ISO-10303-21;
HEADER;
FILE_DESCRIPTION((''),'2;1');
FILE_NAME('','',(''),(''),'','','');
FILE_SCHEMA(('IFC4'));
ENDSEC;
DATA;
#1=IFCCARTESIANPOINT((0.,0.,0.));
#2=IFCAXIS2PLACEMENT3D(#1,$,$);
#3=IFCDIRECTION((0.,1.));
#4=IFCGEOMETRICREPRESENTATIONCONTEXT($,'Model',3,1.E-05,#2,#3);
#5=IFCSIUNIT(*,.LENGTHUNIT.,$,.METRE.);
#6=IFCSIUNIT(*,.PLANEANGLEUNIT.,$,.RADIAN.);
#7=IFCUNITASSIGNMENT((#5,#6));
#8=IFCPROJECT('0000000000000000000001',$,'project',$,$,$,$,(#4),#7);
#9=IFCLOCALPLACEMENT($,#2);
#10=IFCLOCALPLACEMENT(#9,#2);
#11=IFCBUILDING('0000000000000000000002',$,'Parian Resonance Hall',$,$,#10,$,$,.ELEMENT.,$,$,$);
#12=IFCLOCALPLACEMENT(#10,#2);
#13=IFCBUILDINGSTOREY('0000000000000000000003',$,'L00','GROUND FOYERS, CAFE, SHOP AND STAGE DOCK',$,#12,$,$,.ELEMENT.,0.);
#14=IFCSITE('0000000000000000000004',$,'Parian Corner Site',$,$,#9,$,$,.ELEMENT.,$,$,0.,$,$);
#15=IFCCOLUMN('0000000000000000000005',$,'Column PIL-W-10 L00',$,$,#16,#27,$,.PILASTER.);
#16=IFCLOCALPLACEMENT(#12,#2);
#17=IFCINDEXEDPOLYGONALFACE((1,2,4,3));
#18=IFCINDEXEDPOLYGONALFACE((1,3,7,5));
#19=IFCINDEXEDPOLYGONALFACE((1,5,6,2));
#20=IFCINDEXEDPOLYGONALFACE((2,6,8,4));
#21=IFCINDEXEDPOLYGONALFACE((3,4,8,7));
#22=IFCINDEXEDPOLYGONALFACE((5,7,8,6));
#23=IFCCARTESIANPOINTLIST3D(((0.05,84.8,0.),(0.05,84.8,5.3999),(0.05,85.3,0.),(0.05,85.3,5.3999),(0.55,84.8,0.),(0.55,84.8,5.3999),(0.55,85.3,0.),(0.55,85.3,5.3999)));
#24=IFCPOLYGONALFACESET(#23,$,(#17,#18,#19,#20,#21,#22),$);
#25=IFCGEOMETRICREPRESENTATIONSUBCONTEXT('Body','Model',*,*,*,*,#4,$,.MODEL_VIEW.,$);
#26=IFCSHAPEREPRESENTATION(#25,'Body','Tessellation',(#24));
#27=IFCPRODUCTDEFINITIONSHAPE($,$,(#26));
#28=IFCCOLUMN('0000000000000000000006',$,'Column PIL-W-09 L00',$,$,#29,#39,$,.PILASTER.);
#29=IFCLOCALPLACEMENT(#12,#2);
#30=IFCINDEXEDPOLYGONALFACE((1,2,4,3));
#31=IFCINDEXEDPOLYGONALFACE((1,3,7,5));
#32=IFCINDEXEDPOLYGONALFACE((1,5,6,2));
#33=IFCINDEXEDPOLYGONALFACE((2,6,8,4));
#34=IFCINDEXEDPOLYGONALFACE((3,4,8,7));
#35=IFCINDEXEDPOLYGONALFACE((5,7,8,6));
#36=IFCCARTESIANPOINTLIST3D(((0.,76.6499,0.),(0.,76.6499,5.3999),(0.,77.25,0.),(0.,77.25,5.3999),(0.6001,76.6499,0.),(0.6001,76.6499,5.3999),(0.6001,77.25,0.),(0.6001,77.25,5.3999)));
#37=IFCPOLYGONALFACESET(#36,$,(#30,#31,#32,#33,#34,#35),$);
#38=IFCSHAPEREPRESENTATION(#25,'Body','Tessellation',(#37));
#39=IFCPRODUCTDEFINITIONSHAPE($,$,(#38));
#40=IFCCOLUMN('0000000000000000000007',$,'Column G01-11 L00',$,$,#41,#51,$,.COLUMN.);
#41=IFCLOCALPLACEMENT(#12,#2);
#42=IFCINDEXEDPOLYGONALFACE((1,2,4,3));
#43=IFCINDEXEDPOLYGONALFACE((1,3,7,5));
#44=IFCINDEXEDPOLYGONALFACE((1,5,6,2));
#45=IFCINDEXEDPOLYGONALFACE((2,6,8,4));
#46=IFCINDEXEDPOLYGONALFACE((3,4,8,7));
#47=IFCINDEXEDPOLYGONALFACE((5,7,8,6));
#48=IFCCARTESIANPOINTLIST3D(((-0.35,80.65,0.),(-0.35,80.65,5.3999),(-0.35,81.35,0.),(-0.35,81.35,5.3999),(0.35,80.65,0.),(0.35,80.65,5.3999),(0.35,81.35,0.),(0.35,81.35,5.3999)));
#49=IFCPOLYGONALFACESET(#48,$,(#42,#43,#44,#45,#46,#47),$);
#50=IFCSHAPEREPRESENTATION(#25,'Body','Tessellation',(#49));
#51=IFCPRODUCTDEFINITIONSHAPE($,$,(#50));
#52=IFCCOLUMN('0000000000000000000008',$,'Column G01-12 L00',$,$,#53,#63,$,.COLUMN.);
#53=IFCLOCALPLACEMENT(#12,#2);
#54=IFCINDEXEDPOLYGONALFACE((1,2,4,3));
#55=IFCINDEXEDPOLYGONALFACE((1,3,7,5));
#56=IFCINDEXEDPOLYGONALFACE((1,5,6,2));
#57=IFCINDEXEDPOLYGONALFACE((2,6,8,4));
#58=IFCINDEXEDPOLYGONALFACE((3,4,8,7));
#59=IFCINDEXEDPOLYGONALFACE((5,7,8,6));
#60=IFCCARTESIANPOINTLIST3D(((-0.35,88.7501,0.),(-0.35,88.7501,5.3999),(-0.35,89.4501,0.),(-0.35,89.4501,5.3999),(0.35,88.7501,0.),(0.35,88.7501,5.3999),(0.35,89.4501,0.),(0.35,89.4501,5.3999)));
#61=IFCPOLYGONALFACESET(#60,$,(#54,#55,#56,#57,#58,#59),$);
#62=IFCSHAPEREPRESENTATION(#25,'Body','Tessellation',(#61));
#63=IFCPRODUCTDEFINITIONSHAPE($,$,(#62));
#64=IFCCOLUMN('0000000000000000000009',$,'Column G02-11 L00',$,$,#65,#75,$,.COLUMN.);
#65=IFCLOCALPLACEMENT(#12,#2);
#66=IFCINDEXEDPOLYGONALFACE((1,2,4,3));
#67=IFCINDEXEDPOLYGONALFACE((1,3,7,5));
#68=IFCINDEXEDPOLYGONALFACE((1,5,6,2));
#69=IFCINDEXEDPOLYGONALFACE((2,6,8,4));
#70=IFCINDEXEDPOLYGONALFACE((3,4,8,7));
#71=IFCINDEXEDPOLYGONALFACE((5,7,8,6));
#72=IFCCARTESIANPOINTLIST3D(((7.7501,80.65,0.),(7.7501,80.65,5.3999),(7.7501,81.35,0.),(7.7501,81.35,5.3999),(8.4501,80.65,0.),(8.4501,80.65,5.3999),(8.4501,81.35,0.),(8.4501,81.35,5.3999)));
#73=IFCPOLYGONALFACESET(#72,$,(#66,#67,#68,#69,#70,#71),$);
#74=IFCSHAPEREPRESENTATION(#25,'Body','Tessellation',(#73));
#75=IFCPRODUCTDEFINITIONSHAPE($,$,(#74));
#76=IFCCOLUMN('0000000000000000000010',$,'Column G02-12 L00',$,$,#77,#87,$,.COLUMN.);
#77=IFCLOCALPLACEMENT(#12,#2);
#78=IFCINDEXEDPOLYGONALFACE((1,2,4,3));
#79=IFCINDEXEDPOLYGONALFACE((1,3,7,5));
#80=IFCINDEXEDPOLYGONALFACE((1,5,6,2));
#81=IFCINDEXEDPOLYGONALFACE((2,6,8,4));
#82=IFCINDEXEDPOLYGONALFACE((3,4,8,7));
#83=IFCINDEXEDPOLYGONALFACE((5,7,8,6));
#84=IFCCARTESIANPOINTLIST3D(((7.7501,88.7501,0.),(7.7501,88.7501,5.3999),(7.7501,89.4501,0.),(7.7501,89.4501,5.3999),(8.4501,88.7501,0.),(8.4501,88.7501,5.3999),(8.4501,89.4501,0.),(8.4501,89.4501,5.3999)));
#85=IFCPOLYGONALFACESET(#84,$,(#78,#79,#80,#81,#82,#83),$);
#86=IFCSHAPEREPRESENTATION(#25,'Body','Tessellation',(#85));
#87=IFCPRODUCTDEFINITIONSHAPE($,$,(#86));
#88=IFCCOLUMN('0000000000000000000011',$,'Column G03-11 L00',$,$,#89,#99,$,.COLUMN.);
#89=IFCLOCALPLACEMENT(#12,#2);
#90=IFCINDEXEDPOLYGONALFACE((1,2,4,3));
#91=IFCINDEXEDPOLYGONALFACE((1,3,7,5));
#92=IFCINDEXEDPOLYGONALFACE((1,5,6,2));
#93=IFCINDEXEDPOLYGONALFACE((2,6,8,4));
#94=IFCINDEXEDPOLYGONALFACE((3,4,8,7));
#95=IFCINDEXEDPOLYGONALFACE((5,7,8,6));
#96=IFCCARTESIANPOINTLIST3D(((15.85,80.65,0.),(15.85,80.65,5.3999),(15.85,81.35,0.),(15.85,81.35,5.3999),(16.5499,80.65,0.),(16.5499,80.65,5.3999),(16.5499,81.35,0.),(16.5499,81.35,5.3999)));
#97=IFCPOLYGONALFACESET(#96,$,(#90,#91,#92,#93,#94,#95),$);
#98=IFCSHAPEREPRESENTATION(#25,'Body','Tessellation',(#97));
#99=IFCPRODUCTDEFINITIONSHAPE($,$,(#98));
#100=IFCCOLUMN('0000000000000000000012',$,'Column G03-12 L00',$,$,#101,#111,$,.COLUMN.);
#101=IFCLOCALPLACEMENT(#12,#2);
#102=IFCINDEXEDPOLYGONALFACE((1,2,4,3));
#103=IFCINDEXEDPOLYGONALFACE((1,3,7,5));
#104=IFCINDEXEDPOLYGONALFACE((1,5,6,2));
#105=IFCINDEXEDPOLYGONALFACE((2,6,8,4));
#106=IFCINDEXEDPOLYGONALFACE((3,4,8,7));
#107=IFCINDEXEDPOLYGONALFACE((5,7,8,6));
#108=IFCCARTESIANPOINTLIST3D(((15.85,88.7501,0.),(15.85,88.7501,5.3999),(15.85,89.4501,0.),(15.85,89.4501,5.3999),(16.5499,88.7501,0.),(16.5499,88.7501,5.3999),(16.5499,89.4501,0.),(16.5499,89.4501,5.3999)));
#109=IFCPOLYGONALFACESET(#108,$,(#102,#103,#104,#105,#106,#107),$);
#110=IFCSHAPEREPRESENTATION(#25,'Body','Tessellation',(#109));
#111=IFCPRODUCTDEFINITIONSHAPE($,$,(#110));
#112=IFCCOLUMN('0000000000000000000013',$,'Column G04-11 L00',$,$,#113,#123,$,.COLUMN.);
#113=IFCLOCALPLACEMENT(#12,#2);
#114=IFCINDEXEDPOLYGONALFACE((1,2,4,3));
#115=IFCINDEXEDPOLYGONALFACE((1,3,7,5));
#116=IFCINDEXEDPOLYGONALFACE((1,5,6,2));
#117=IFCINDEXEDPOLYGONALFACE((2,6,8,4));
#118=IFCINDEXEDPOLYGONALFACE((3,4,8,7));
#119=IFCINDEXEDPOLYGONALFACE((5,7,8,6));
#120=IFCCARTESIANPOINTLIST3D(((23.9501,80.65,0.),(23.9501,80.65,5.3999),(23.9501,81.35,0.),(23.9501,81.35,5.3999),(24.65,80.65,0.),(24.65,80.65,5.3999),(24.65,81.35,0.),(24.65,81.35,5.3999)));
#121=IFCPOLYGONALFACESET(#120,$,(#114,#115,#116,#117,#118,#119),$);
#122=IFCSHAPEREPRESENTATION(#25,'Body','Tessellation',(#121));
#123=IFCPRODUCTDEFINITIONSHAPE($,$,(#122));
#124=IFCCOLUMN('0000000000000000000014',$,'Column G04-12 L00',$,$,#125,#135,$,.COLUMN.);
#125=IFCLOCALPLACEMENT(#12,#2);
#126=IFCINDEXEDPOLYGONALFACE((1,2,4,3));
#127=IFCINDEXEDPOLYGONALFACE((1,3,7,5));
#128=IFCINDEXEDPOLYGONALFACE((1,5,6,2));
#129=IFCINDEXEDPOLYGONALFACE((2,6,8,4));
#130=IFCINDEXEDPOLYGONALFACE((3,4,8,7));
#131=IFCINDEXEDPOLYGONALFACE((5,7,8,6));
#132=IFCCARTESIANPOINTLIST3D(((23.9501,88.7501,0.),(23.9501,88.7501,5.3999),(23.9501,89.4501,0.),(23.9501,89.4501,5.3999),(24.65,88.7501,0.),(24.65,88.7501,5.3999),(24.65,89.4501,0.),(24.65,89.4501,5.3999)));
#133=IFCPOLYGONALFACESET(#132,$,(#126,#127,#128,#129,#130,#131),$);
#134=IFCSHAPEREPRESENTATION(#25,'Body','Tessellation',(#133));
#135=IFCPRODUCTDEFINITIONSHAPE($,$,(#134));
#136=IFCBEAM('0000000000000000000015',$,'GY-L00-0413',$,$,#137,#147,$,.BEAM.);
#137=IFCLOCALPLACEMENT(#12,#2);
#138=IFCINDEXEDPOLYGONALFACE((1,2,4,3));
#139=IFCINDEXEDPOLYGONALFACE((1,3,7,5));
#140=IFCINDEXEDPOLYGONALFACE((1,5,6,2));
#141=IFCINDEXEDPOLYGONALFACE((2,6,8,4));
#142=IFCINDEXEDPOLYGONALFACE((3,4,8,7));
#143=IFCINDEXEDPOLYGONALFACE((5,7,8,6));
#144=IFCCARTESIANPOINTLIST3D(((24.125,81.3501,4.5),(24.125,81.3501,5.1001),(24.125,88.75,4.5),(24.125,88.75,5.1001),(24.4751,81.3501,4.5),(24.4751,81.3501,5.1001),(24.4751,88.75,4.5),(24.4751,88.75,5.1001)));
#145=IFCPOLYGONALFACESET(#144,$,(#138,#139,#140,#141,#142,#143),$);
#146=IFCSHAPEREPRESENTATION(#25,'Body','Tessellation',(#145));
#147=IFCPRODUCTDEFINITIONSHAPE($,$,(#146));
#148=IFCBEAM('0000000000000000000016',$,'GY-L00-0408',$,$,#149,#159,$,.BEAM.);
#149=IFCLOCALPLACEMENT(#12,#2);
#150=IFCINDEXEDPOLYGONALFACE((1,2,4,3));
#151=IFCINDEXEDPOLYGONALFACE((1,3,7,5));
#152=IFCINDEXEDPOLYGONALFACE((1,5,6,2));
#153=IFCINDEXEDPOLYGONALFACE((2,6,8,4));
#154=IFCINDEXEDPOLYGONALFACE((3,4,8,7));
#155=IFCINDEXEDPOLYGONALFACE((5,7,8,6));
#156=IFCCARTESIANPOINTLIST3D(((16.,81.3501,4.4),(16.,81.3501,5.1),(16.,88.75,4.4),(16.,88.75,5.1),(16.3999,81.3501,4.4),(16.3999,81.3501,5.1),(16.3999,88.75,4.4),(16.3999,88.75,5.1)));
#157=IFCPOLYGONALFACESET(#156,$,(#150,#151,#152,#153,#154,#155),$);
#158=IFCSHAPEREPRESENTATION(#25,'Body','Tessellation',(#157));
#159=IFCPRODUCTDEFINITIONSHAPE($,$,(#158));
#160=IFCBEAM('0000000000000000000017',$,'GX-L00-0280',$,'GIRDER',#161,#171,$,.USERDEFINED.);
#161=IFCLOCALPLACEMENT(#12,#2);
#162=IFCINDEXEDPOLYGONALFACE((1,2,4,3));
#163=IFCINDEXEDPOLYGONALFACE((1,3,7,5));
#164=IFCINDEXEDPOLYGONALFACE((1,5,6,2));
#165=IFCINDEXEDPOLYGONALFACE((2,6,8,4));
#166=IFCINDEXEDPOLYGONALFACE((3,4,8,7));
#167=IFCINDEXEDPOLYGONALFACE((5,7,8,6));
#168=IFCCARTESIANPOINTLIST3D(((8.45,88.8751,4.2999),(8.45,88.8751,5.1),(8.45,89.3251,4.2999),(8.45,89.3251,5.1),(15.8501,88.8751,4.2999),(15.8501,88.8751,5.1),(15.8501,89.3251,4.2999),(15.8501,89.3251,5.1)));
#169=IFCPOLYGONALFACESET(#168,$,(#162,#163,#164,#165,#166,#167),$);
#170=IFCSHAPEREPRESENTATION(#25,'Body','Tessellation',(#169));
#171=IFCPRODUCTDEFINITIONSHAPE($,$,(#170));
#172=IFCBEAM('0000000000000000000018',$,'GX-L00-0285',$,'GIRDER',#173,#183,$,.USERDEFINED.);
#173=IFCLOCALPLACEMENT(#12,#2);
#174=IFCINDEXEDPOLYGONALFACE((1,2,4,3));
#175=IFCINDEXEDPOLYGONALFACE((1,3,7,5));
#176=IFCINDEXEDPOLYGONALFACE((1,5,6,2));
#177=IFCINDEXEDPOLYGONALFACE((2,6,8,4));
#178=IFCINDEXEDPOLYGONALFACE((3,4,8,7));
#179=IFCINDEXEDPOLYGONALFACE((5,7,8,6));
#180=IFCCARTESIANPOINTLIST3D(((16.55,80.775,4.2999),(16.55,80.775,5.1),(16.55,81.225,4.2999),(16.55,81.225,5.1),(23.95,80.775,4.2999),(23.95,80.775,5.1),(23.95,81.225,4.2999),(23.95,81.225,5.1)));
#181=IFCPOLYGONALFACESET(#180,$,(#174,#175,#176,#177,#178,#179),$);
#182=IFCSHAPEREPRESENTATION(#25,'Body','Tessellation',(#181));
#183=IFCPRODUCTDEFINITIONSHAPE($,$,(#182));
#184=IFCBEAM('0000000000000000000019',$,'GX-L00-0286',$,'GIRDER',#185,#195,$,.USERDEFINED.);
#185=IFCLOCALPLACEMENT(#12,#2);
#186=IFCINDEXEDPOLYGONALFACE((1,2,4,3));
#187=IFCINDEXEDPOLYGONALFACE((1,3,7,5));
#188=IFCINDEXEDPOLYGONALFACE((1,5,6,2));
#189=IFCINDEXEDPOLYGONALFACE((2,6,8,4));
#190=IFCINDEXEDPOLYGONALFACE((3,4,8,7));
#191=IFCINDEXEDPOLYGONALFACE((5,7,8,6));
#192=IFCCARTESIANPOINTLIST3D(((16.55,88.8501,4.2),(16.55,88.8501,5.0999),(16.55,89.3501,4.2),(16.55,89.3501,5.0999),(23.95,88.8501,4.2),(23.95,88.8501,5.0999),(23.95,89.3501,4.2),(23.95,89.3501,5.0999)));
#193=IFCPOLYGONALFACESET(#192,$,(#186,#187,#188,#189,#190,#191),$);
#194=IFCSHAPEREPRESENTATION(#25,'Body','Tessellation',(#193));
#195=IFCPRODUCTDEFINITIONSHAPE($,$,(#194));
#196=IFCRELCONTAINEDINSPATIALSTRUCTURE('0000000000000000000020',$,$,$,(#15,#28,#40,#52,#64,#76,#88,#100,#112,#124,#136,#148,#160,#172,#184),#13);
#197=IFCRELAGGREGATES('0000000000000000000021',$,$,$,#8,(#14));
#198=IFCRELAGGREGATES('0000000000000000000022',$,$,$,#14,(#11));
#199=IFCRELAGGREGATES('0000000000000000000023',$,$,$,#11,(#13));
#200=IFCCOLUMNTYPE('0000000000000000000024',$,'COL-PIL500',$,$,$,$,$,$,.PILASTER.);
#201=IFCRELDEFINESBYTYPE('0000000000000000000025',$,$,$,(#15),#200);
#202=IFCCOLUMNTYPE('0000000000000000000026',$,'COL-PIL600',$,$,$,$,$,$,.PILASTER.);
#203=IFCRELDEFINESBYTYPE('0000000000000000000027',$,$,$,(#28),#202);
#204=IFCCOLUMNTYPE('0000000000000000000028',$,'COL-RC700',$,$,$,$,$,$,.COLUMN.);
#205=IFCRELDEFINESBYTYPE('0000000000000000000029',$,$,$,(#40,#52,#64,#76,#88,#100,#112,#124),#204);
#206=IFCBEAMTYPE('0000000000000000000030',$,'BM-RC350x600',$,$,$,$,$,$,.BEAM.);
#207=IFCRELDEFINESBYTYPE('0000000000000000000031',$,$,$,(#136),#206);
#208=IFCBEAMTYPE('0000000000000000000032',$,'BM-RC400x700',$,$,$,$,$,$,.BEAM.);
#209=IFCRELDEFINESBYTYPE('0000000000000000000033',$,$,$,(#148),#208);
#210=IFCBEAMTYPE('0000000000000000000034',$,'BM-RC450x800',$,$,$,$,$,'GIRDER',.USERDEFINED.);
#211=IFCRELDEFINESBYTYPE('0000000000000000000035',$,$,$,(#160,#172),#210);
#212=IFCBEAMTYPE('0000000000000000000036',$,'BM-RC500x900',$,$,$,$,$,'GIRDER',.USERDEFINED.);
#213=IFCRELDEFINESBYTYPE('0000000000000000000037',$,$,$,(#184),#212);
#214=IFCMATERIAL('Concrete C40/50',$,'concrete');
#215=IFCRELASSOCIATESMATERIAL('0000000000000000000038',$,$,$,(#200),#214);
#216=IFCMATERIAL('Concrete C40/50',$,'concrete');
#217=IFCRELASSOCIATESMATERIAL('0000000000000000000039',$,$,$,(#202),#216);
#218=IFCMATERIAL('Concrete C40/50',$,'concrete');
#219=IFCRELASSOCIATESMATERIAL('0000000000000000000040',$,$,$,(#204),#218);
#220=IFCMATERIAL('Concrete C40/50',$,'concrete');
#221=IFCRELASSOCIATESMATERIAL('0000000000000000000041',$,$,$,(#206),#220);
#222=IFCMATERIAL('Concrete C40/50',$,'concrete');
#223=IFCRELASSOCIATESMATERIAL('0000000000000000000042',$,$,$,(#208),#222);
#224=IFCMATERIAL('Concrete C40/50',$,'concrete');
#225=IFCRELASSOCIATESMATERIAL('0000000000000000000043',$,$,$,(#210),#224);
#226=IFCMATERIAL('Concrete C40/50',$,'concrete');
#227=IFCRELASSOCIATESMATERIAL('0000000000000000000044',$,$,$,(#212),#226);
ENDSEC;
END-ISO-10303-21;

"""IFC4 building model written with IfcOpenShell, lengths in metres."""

from ifc_helpers import new_model, si_unit, direction, frame, origin, origin_2d, place, context, subcontext, project, spatial, rectangle, extrude, material, material_profile, profile_set, type_object, element, save


model = new_model("IFC4")

# Units and contexts
model_context = context("Model", 3, precision=1e-05, world=origin(), true_north=direction((0.0, 1.0)))
body_context = subcontext(model_context, "Body", "Model", "MODEL_VIEW")
ifc_project = project(units=[si_unit("LENGTHUNIT", "METRE"), si_unit("PLANEANGLEUNIT", "RADIAN")], contexts=[model_context])

# Site, building, storey
site_placement = place(None, origin())
site = spatial("IfcSite", under=ifc_project, at=site_placement, Name="Parian Corner Site", CompositionType="ELEMENT", RefElevation=0.0)
building_placement = place(site_placement, origin())
building = spatial("IfcBuilding", under=site, at=building_placement, Name="Parian Resonance Hall", CompositionType="ELEMENT")
storey_placement = place(building_placement, origin())
storey = spatial("IfcBuildingStorey", under=building, at=storey_placement, Name="L00", Description="GROUND FOYERS, CAFE, SHOP AND STAGE DOCK", CompositionType="ELEMENT", Elevation=0.0)

# Columns
ifc_material_1 = material(Name="Concrete C40/50", Category="concrete")
ifc_material_profile_1 = material_profile(ifc_material_1, rectangle(XDim=0.5, YDim=0.5, at=origin_2d()), Name="RC-COL-500x500")
ifc_profile_set_1 = profile_set([ifc_material_profile_1], Name="Concrete C40/50")
column_type_1 = type_object("IfcColumnType", Name="COL-PIL500", PredefinedType="PILASTER", material=ifc_profile_set_1)
column_1_placement = place(storey_placement, frame((0.3, 85.05, 0.0), z_axis=(0.0, 0.0, 1.0), x_axis=(1.0, 0.0, 0.0)))
element("IfcColumn", 1, at=column_1_placement, inside=storey, type_object=column_type_1, Name="Column PIL-W-10 L00", PredefinedType="PILASTER", context=body_context, shape_type="SweptSolid", body=[
    extrude(rectangle(XDim=0.5, YDim=0.5, at=origin_2d()), origin(), (0.0, 0.0, 1.0), 5.3999),
])
ifc_material_2 = material(Name="Concrete C40/50", Category="concrete")
ifc_material_profile_2 = material_profile(ifc_material_2, rectangle(XDim=0.6001, YDim=0.6001, at=origin_2d()), Name="RC-COL-600x600")
ifc_profile_set_2 = profile_set([ifc_material_profile_2], Name="Concrete C40/50")
column_type_2 = type_object("IfcColumnType", Name="COL-PIL600", PredefinedType="PILASTER", material=ifc_profile_set_2)
column_2_placement = place(storey_placement, frame((0.3, 76.95, 0.0), z_axis=(0.0, 0.0, 1.0), x_axis=(1.0, 0.0, 0.0)))
element("IfcColumn", 2, at=column_2_placement, inside=storey, type_object=column_type_2, Name="Column PIL-W-09 L00", PredefinedType="PILASTER", context=body_context, shape_type="SweptSolid", body=[
    extrude(rectangle(XDim=0.6001, YDim=0.6001, at=origin_2d()), origin(), (0.0, 0.0, 1.0), 5.3999),
])
ifc_material_3 = material(Name="Concrete C40/50", Category="concrete")
ifc_material_profile_3 = material_profile(ifc_material_3, rectangle(XDim=0.7, YDim=0.7, at=origin_2d()), Name="RC-COL-700x700")
ifc_profile_set_3 = profile_set([ifc_material_profile_3], Name="Concrete C40/50")
column_type_3 = type_object("IfcColumnType", Name="COL-RC700", PredefinedType="COLUMN", material=ifc_profile_set_3)
for number, where, z_axis, x_axis, name in (
    (3, (0.0, 81.0, 0.0), (0.0, 0.0, 1.0), (1.0, 0.0, 0.0), "Column G01-11 L00"),
    (4, (0.0, 89.1001, 0.0), (0.0, 0.0, 1.0), (1.0, 0.0, 0.0), "Column G01-12 L00"),
    (5, (8.1001, 81.0, 0.0), (0.0, 0.0, 1.0), (1.0, 0.0, 0.0), "Column G02-11 L00"),
    (6, (8.1001, 89.1001, 0.0), (0.0, 0.0, 1.0), (1.0, 0.0, 0.0), "Column G02-12 L00"),
    (7, (16.2, 81.0, 0.0), (0.0, 0.0, 1.0), (1.0, 0.0, 0.0), "Column G03-11 L00"),
    (8, (16.2, 89.1001, 0.0), (0.0, 0.0, 1.0), (1.0, 0.0, 0.0), "Column G03-12 L00"),
    (9, (24.3, 81.0, 0.0), (0.0, 0.0, 1.0), (1.0, 0.0, 0.0), "Column G04-11 L00"),
    (10, (24.3, 89.1001, 0.0), (0.0, 0.0, 1.0), (1.0, 0.0, 0.0), "Column G04-12 L00"),
):
    element("IfcColumn", number, at=place(storey_placement, frame(where, z_axis=z_axis, x_axis=x_axis)), inside=storey, type_object=column_type_3, Name=name, PredefinedType="COLUMN", context=body_context, shape_type="SweptSolid", body=[
        extrude(rectangle(XDim=0.7, YDim=0.7, at=origin_2d()), origin(), (0.0, 0.0, 1.0), 5.3999),
    ])

# Beams
ifc_material_4 = material(Name="Concrete C40/50", Category="concrete")
ifc_material_profile_4 = material_profile(ifc_material_4, rectangle(XDim=0.3501, YDim=0.6001, at=origin_2d()), Name="RC-BM-350x600")
ifc_profile_set_4 = profile_set([ifc_material_profile_4], Name="Concrete C40/50")
beam_type_1 = type_object("IfcBeamType", Name="BM-RC350x600", PredefinedType="BEAM", material=ifc_profile_set_4)
beam_1_placement = place(storey_placement, frame((24.3, 81.3501, 4.8), z_axis=(0.0, 1.0, 0.0), x_axis=(-1.0, 0.0, 0.0)))
element("IfcBeam", 11, at=beam_1_placement, inside=storey, type_object=beam_type_1, Name="GY-L00-0413", PredefinedType="BEAM", context=body_context, shape_type="SweptSolid", body=[
    extrude(rectangle(XDim=0.3501, YDim=0.6001, at=origin_2d()), origin(), (0.0, 0.0, 1.0), 7.3999),
])
ifc_material_5 = material(Name="Concrete C40/50", Category="concrete")
ifc_material_profile_5 = material_profile(ifc_material_5, rectangle(XDim=0.3999, YDim=0.7, at=origin_2d()), Name="RC-BM-400x700")
ifc_profile_set_5 = profile_set([ifc_material_profile_5], Name="Concrete C40/50")
beam_type_2 = type_object("IfcBeamType", Name="BM-RC400x700", PredefinedType="BEAM", material=ifc_profile_set_5)
beam_2_placement = place(storey_placement, frame((16.2, 81.3501, 4.75), z_axis=(0.0, 1.0, 0.0), x_axis=(-1.0, 0.0, 0.0)))
element("IfcBeam", 12, at=beam_2_placement, inside=storey, type_object=beam_type_2, Name="GY-L00-0408", PredefinedType="BEAM", context=body_context, shape_type="SweptSolid", body=[
    extrude(rectangle(XDim=0.3999, YDim=0.7, at=origin_2d()), origin(), (0.0, 0.0, 1.0), 7.3999),
])
ifc_material_6 = material(Name="Concrete C40/50", Category="concrete")
ifc_material_profile_6 = material_profile(ifc_material_6, rectangle(XDim=0.45, YDim=0.8, at=origin_2d()), Name="RC-BM-450x800")
ifc_profile_set_6 = profile_set([ifc_material_profile_6], Name="Concrete C40/50")
beam_type_3 = type_object("IfcBeamType", Name="BM-RC450x800", ElementType="GIRDER", PredefinedType="USERDEFINED", material=ifc_profile_set_6)
beam_3_placement = place(storey_placement, frame((8.45, 89.1001, 4.7), z_axis=(1.0, 0.0, 0.0), x_axis=(0.0, 1.0, 0.0)))
element("IfcBeam", 13, at=beam_3_placement, inside=storey, type_object=beam_type_3, Name="GX-L00-0280", ObjectType="GIRDER", PredefinedType="USERDEFINED", context=body_context, shape_type="SweptSolid", body=[
    extrude(rectangle(XDim=0.45, YDim=0.8, at=origin_2d()), origin(), (0.0, 0.0, 1.0), 7.4001),
])
beam_4_placement = place(storey_placement, frame((16.55, 81.0, 4.7), z_axis=(1.0, 0.0, 0.0), x_axis=(0.0, 1.0, 0.0)))
element("IfcBeam", 14, at=beam_4_placement, inside=storey, type_object=beam_type_3, Name="GX-L00-0285", ObjectType="GIRDER", PredefinedType="USERDEFINED", context=body_context, shape_type="SweptSolid", body=[
    extrude(rectangle(XDim=0.45, YDim=0.8, at=origin_2d()), origin(), (0.0, 0.0, 1.0), 7.3999),
])
ifc_material_7 = material(Name="Concrete C40/50", Category="concrete")
ifc_material_profile_7 = material_profile(ifc_material_7, rectangle(XDim=0.5, YDim=0.8999, at=origin_2d()), Name="RC-BM-500x900")
ifc_profile_set_7 = profile_set([ifc_material_profile_7], Name="Concrete C40/50")
beam_type_4 = type_object("IfcBeamType", Name="BM-RC500x900", ElementType="GIRDER", PredefinedType="USERDEFINED", material=ifc_profile_set_7)
beam_5_placement = place(storey_placement, frame((16.55, 89.1001, 4.6499), z_axis=(1.0, 0.0, 0.0), x_axis=(0.0, 1.0, 0.0)))
element("IfcBeam", 15, at=beam_5_placement, inside=storey, type_object=beam_type_4, Name="GX-L00-0286", ObjectType="GIRDER", PredefinedType="USERDEFINED", context=body_context, shape_type="SweptSolid", body=[
    extrude(rectangle(XDim=0.5, YDim=0.8999, at=origin_2d()), origin(), (0.0, 0.0, 1.0), 7.3999),
])

save(model, "model.ifc")
